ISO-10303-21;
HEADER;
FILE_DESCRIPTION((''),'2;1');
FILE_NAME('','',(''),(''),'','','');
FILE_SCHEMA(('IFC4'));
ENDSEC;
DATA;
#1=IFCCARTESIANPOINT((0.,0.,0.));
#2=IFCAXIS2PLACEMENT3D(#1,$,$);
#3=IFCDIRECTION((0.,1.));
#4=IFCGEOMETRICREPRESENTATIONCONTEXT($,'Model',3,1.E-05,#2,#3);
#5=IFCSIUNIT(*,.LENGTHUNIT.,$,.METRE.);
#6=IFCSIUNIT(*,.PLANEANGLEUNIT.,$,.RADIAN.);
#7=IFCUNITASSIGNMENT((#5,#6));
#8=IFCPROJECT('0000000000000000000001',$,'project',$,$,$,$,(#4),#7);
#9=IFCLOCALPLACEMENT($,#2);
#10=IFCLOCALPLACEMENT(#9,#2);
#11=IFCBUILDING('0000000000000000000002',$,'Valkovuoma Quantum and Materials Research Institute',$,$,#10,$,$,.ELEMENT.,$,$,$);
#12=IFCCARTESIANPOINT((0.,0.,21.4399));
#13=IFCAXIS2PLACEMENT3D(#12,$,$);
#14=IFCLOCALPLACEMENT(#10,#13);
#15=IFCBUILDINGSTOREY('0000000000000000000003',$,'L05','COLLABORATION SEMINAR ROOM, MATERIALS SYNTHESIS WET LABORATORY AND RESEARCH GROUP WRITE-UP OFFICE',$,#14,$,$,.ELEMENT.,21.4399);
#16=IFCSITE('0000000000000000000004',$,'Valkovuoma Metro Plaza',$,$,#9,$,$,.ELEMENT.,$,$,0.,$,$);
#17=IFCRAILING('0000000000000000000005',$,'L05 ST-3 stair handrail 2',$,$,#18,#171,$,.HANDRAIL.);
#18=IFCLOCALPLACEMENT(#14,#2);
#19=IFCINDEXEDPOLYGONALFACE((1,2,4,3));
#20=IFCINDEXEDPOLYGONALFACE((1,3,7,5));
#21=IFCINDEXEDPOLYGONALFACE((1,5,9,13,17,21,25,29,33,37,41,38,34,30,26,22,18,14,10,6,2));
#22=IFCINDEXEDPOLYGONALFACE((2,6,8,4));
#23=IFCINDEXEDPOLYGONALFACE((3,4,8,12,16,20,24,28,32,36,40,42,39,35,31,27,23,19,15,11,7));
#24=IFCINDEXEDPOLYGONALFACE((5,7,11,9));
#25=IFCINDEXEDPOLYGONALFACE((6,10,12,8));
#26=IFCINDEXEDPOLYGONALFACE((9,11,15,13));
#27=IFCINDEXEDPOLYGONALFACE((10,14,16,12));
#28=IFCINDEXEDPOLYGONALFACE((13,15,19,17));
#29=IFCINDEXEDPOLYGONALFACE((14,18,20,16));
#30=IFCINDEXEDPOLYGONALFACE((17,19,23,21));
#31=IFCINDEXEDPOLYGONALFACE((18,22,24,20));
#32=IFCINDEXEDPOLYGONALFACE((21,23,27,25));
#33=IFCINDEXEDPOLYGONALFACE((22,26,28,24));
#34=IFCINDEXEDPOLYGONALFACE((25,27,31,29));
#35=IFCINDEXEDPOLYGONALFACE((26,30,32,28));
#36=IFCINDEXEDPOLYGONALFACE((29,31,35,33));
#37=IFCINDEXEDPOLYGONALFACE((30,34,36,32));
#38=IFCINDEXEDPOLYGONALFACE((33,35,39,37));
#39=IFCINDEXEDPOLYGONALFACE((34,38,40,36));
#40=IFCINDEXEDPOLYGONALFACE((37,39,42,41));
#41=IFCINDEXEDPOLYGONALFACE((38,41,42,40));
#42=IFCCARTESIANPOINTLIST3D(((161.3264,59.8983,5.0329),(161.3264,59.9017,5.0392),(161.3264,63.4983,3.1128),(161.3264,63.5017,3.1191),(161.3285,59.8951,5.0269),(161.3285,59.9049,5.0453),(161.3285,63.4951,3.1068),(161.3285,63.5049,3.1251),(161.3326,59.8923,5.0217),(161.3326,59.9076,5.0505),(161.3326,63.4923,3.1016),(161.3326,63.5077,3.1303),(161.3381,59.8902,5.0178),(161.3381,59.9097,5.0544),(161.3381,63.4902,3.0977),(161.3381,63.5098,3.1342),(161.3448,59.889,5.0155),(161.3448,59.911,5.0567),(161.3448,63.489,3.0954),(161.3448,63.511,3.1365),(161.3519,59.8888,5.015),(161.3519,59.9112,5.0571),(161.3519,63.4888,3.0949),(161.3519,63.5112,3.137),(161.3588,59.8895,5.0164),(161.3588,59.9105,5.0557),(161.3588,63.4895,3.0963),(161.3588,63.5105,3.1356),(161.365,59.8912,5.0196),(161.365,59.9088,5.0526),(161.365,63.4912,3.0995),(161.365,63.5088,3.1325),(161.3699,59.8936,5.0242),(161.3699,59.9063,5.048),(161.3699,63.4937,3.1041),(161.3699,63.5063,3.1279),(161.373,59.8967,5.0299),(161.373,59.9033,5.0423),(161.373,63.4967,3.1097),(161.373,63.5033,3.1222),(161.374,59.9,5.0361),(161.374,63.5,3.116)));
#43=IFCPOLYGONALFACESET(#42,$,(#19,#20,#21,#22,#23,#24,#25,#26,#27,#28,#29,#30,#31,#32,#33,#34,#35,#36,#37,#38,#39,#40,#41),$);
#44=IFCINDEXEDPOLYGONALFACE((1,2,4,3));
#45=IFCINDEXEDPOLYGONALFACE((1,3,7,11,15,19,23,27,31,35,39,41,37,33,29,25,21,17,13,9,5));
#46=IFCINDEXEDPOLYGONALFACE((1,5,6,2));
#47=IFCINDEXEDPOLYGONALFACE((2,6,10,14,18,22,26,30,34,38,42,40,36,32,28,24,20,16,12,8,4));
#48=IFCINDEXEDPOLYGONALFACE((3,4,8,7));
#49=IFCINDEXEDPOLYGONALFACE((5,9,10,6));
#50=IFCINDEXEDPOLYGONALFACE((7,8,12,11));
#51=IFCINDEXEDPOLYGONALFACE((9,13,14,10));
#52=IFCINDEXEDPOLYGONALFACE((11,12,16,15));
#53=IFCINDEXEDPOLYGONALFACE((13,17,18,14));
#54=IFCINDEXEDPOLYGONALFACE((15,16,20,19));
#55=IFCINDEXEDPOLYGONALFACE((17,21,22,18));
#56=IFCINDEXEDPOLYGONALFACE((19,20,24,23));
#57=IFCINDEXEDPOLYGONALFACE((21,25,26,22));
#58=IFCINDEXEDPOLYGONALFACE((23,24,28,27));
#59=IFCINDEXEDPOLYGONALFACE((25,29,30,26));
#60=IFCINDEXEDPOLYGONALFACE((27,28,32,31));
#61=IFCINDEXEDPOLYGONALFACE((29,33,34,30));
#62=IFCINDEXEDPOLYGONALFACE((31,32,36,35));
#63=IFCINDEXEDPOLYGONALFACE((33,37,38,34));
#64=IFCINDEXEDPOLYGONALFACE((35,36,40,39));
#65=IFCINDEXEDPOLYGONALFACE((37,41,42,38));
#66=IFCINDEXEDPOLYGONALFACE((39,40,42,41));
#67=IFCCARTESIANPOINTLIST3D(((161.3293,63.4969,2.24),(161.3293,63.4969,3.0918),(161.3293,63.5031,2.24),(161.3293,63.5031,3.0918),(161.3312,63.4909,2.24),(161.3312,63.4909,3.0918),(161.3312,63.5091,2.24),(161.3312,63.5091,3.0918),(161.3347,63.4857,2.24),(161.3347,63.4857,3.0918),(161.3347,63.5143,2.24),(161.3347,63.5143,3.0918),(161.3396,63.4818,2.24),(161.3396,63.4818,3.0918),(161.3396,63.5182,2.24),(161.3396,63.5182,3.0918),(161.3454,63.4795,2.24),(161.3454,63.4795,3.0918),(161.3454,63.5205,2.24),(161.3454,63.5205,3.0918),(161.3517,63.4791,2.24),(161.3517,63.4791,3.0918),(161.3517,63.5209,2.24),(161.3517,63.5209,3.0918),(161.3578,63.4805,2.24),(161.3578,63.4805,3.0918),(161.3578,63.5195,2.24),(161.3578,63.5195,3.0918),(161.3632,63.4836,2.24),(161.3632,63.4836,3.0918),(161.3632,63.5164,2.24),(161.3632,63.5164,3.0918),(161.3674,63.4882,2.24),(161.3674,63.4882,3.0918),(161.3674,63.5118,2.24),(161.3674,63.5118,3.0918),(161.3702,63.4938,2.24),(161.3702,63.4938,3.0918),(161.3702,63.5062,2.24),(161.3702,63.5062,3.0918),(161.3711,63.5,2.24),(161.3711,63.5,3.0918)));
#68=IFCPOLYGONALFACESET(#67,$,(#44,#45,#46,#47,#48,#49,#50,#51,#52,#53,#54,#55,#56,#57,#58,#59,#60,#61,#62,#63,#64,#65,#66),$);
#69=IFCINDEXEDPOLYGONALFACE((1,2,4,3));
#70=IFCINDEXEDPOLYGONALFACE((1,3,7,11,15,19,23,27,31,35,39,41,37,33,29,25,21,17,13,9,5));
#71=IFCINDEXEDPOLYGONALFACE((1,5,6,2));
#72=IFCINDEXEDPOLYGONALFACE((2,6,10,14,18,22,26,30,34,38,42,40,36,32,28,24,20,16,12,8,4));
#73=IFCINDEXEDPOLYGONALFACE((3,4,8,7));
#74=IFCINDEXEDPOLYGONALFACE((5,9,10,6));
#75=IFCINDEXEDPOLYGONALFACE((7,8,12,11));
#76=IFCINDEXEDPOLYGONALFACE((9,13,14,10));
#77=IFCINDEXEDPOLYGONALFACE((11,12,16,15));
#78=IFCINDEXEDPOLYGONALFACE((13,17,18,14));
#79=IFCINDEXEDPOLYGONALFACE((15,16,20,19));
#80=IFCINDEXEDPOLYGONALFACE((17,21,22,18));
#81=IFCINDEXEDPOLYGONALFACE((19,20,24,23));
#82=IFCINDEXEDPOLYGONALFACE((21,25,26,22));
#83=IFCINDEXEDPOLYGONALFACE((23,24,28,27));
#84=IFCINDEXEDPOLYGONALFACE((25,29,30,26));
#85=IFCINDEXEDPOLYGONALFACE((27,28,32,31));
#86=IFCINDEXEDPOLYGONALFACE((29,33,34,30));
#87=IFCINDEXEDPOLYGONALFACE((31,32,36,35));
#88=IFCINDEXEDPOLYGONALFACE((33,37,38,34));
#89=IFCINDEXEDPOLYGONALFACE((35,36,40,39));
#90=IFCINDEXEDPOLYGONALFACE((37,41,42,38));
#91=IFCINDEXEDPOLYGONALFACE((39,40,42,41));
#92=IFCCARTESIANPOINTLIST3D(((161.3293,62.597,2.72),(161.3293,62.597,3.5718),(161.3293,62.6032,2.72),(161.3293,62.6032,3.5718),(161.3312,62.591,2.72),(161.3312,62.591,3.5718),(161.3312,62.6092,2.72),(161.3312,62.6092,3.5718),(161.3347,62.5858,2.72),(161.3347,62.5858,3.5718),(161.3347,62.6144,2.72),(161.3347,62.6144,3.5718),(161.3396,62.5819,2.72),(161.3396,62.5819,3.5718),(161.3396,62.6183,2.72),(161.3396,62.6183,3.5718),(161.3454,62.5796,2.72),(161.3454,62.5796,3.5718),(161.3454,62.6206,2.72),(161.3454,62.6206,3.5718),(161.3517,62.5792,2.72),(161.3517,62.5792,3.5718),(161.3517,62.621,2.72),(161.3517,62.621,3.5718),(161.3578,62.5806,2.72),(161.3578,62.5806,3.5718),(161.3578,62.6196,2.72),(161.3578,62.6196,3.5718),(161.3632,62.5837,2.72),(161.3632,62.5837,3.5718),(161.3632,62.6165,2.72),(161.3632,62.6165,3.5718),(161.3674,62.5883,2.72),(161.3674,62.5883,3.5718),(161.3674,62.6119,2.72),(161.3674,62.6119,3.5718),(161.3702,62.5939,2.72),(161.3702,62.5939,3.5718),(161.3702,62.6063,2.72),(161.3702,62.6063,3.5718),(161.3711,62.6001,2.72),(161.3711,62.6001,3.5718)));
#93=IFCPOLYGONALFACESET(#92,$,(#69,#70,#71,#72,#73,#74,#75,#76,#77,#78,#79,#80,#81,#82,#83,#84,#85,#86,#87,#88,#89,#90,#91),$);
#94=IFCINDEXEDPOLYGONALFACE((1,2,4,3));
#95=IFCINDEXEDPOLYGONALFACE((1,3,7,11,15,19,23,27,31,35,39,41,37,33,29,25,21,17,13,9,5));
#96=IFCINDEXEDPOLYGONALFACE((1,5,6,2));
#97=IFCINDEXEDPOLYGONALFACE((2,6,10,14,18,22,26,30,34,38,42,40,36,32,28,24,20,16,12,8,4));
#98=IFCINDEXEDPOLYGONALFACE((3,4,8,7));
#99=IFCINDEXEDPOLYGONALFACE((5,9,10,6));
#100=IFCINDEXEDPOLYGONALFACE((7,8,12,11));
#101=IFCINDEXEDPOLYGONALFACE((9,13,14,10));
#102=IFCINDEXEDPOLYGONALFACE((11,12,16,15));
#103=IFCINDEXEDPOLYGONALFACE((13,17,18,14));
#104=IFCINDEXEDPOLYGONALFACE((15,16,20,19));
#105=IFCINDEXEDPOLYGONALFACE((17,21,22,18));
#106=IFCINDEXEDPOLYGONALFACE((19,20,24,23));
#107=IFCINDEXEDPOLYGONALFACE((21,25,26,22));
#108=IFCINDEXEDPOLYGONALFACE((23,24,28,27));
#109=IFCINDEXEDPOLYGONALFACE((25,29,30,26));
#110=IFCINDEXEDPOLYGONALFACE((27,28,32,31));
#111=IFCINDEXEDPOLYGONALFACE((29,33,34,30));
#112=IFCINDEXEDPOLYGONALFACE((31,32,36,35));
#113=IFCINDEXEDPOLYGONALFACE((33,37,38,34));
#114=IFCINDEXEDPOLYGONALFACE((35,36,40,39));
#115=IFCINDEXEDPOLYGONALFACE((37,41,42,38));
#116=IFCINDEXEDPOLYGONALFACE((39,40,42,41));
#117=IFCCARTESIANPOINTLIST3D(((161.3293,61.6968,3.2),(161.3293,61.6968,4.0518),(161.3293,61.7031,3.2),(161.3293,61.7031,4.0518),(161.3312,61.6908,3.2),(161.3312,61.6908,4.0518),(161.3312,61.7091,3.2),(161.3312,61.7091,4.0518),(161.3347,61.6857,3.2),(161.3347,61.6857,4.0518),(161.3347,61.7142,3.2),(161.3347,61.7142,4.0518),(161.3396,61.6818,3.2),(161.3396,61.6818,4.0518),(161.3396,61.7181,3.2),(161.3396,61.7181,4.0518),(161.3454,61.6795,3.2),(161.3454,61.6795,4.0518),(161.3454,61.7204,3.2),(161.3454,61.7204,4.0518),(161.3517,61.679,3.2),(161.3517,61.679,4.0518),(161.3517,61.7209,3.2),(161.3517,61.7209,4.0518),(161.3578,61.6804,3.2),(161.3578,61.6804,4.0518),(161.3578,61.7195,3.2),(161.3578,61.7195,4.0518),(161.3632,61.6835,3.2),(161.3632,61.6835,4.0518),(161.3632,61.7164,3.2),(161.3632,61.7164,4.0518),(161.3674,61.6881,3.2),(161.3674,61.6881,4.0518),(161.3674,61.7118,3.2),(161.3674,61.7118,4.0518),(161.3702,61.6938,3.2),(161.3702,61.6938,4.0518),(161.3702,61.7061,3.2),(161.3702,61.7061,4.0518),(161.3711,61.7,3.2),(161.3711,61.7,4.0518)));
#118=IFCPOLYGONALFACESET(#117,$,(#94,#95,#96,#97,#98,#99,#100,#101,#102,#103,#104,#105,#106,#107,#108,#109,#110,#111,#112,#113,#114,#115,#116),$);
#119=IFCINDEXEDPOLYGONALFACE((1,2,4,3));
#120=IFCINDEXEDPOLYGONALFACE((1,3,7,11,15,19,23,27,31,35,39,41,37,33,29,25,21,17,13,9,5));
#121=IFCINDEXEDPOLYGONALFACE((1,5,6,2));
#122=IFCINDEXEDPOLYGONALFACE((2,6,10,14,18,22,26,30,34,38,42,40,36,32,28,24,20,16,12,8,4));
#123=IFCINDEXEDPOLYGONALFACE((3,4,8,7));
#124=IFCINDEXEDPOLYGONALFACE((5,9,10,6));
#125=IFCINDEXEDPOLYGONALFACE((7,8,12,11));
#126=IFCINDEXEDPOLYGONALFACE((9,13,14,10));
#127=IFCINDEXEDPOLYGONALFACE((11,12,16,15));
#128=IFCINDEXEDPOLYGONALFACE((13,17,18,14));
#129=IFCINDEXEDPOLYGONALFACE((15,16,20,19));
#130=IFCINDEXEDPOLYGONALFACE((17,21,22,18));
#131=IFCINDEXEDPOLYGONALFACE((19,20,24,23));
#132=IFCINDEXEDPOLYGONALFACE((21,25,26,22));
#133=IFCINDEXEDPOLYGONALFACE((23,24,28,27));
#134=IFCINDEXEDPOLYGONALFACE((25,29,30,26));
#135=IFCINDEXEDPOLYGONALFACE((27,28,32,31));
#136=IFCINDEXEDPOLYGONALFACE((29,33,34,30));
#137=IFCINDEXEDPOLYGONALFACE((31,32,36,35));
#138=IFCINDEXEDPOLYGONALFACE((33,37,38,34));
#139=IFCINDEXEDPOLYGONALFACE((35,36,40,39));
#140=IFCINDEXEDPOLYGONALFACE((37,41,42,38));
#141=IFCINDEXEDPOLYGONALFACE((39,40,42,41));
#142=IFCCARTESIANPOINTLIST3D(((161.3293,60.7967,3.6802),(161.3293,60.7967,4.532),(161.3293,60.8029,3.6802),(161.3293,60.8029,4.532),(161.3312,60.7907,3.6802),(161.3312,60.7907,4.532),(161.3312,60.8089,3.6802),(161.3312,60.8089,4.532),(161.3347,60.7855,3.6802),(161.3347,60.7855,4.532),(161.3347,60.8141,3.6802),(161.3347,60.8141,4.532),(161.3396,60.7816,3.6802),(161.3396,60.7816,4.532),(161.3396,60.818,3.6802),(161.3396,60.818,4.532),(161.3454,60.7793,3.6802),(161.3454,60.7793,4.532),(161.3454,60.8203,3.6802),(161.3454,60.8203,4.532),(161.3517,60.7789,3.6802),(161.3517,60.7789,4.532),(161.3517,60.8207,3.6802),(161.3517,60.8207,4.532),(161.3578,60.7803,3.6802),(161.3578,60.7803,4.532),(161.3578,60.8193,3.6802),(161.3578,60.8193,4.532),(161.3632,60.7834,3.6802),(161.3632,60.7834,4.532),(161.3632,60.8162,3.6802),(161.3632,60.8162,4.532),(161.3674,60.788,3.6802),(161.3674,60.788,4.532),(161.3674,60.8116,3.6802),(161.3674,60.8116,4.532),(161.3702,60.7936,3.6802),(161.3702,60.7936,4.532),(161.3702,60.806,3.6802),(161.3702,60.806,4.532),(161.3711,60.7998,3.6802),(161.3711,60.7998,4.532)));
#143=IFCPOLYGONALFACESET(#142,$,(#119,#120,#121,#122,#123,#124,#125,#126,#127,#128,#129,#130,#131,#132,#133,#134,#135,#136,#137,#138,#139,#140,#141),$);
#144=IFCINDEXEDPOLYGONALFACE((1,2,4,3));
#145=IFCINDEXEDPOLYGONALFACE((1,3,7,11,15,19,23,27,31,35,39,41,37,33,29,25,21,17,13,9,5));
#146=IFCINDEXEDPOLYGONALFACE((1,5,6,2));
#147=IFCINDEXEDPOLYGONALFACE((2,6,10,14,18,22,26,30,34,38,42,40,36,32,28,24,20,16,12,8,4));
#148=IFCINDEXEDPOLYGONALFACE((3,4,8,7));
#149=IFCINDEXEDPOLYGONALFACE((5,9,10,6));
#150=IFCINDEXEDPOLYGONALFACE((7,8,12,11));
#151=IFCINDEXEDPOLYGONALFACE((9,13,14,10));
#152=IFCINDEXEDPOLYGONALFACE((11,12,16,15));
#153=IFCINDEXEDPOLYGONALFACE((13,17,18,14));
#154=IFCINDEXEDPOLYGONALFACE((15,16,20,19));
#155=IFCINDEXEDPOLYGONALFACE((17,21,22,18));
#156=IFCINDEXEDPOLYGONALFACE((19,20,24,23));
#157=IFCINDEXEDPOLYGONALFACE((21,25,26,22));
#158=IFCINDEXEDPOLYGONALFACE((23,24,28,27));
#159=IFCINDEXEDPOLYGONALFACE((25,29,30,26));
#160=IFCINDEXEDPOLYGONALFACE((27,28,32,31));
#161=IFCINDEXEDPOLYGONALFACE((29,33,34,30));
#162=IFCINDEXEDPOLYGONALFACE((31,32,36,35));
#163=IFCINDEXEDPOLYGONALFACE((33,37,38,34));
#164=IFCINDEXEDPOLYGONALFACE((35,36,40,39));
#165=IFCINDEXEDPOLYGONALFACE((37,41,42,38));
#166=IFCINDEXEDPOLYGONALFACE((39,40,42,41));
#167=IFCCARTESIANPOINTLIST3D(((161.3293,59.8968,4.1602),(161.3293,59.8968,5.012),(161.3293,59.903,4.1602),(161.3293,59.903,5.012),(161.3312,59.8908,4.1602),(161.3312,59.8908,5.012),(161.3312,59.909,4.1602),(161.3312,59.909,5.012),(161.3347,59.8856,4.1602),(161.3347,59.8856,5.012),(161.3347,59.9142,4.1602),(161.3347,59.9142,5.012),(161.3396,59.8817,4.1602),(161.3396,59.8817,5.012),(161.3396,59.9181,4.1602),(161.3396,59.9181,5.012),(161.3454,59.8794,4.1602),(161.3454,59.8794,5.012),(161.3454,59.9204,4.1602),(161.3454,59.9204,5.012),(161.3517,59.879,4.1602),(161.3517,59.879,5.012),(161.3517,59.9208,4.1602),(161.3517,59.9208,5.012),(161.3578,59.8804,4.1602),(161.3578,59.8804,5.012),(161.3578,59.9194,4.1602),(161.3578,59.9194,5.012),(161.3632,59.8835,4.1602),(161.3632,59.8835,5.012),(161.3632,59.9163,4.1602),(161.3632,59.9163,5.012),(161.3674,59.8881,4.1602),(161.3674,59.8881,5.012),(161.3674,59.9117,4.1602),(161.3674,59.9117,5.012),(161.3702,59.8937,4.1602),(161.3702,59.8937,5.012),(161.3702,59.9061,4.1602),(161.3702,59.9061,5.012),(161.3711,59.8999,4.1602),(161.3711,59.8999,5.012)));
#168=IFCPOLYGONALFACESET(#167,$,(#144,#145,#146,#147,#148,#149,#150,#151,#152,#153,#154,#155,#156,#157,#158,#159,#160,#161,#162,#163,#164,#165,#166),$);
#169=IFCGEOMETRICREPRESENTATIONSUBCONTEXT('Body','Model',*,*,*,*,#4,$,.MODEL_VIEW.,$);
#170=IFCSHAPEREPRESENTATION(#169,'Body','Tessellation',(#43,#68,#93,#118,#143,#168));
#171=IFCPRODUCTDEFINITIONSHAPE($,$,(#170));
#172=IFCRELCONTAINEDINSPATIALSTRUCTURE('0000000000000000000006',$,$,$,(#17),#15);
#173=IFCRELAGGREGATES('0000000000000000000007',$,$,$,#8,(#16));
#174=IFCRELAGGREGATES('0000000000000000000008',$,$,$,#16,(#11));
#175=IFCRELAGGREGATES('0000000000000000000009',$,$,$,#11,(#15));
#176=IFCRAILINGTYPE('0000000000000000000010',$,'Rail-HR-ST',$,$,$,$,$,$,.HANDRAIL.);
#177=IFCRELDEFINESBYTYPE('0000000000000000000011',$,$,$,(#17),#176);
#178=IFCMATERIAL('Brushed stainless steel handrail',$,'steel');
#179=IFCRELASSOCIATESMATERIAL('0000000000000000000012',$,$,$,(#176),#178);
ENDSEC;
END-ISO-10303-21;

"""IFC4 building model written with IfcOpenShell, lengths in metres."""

from ifc_helpers import new_model, si_unit, direction, frame, origin, origin_2d, place, context, subcontext, project, spatial, circle, extrude, material, type_object, element, save


model = new_model("IFC4")

# Units and contexts
model_context = context("Model", 3, precision=1e-05, world=origin(), true_north=direction((0.0, 1.0)))
body_context = subcontext(model_context, "Body", "Model", "MODEL_VIEW")
ifc_project = project(units=[si_unit("LENGTHUNIT", "METRE"), si_unit("PLANEANGLEUNIT", "RADIAN")], contexts=[model_context])

# Site, building, storey
site_placement = place(None, origin())
site = spatial("IfcSite", under=ifc_project, at=site_placement, Name="Valkovuoma Metro Plaza", CompositionType="ELEMENT", RefElevation=0.0)
building_placement = place(site_placement, origin())
building = spatial("IfcBuilding", under=site, at=building_placement, Name="Valkovuoma Quantum and Materials Research Institute", CompositionType="ELEMENT")
storey_placement = place(building_placement, frame((0.0, 0.0, 21.4399)))
storey = spatial("IfcBuildingStorey", under=building, at=storey_placement, Name="L05", Description="COLLABORATION SEMINAR ROOM, MATERIALS SYNTHESIS WET LABORATORY AND RESEARCH GROUP WRITE-UP OFFICE", CompositionType="ELEMENT", Elevation=21.4399)

# Railing
ifc_material_1 = material(Name="Brushed stainless steel handrail", Category="steel")
railing_type_1 = type_object("IfcRailingType", Name="Rail-HR-ST", PredefinedType="HANDRAIL", material=ifc_material_1)
railing_1_placement = place(storey_placement, frame((161.3501, 63.5, 2.24)))
element("IfcRailing", 1, at=railing_1_placement, inside=storey, type_object=railing_type_1, Name="L05 ST-3 stair handrail 2", PredefinedType="HANDRAIL", context=body_context, shape_type="SweptSolid", body=[
    extrude(circle(Radius=0.0239, at=origin_2d()), frame((0.0, 0.0, 0.876), z_axis=(0.0, -0.882341, 0.47061), x_axis=(1.0, 0.0, 0.0)), (0.0, 0.0, 1.0), 4.0801),
    extrude(circle(Radius=0.021, at=origin_2d()), origin(), (0.0, 0.0, 1.0), 0.8518),
    extrude(circle(Radius=0.021, at=origin_2d()), frame((0.0, -0.8999, 0.48)), (0.0, 0.0, 1.0), 0.8518),
    extrude(circle(Radius=0.021, at=origin_2d()), frame((0.0, -1.8, 0.96)), (0.0, 0.0, 1.0), 0.8518),
    extrude(circle(Radius=0.021, at=origin_2d()), frame((0.0, -2.7002, 1.4402)), (0.0, 0.0, 1.0), 0.8518),
    extrude(circle(Radius=0.021, at=origin_2d()), frame((0.0, -3.6001, 1.9202)), (0.0, 0.0, 1.0), 0.8518),
])

save(model, "model.ifc")
